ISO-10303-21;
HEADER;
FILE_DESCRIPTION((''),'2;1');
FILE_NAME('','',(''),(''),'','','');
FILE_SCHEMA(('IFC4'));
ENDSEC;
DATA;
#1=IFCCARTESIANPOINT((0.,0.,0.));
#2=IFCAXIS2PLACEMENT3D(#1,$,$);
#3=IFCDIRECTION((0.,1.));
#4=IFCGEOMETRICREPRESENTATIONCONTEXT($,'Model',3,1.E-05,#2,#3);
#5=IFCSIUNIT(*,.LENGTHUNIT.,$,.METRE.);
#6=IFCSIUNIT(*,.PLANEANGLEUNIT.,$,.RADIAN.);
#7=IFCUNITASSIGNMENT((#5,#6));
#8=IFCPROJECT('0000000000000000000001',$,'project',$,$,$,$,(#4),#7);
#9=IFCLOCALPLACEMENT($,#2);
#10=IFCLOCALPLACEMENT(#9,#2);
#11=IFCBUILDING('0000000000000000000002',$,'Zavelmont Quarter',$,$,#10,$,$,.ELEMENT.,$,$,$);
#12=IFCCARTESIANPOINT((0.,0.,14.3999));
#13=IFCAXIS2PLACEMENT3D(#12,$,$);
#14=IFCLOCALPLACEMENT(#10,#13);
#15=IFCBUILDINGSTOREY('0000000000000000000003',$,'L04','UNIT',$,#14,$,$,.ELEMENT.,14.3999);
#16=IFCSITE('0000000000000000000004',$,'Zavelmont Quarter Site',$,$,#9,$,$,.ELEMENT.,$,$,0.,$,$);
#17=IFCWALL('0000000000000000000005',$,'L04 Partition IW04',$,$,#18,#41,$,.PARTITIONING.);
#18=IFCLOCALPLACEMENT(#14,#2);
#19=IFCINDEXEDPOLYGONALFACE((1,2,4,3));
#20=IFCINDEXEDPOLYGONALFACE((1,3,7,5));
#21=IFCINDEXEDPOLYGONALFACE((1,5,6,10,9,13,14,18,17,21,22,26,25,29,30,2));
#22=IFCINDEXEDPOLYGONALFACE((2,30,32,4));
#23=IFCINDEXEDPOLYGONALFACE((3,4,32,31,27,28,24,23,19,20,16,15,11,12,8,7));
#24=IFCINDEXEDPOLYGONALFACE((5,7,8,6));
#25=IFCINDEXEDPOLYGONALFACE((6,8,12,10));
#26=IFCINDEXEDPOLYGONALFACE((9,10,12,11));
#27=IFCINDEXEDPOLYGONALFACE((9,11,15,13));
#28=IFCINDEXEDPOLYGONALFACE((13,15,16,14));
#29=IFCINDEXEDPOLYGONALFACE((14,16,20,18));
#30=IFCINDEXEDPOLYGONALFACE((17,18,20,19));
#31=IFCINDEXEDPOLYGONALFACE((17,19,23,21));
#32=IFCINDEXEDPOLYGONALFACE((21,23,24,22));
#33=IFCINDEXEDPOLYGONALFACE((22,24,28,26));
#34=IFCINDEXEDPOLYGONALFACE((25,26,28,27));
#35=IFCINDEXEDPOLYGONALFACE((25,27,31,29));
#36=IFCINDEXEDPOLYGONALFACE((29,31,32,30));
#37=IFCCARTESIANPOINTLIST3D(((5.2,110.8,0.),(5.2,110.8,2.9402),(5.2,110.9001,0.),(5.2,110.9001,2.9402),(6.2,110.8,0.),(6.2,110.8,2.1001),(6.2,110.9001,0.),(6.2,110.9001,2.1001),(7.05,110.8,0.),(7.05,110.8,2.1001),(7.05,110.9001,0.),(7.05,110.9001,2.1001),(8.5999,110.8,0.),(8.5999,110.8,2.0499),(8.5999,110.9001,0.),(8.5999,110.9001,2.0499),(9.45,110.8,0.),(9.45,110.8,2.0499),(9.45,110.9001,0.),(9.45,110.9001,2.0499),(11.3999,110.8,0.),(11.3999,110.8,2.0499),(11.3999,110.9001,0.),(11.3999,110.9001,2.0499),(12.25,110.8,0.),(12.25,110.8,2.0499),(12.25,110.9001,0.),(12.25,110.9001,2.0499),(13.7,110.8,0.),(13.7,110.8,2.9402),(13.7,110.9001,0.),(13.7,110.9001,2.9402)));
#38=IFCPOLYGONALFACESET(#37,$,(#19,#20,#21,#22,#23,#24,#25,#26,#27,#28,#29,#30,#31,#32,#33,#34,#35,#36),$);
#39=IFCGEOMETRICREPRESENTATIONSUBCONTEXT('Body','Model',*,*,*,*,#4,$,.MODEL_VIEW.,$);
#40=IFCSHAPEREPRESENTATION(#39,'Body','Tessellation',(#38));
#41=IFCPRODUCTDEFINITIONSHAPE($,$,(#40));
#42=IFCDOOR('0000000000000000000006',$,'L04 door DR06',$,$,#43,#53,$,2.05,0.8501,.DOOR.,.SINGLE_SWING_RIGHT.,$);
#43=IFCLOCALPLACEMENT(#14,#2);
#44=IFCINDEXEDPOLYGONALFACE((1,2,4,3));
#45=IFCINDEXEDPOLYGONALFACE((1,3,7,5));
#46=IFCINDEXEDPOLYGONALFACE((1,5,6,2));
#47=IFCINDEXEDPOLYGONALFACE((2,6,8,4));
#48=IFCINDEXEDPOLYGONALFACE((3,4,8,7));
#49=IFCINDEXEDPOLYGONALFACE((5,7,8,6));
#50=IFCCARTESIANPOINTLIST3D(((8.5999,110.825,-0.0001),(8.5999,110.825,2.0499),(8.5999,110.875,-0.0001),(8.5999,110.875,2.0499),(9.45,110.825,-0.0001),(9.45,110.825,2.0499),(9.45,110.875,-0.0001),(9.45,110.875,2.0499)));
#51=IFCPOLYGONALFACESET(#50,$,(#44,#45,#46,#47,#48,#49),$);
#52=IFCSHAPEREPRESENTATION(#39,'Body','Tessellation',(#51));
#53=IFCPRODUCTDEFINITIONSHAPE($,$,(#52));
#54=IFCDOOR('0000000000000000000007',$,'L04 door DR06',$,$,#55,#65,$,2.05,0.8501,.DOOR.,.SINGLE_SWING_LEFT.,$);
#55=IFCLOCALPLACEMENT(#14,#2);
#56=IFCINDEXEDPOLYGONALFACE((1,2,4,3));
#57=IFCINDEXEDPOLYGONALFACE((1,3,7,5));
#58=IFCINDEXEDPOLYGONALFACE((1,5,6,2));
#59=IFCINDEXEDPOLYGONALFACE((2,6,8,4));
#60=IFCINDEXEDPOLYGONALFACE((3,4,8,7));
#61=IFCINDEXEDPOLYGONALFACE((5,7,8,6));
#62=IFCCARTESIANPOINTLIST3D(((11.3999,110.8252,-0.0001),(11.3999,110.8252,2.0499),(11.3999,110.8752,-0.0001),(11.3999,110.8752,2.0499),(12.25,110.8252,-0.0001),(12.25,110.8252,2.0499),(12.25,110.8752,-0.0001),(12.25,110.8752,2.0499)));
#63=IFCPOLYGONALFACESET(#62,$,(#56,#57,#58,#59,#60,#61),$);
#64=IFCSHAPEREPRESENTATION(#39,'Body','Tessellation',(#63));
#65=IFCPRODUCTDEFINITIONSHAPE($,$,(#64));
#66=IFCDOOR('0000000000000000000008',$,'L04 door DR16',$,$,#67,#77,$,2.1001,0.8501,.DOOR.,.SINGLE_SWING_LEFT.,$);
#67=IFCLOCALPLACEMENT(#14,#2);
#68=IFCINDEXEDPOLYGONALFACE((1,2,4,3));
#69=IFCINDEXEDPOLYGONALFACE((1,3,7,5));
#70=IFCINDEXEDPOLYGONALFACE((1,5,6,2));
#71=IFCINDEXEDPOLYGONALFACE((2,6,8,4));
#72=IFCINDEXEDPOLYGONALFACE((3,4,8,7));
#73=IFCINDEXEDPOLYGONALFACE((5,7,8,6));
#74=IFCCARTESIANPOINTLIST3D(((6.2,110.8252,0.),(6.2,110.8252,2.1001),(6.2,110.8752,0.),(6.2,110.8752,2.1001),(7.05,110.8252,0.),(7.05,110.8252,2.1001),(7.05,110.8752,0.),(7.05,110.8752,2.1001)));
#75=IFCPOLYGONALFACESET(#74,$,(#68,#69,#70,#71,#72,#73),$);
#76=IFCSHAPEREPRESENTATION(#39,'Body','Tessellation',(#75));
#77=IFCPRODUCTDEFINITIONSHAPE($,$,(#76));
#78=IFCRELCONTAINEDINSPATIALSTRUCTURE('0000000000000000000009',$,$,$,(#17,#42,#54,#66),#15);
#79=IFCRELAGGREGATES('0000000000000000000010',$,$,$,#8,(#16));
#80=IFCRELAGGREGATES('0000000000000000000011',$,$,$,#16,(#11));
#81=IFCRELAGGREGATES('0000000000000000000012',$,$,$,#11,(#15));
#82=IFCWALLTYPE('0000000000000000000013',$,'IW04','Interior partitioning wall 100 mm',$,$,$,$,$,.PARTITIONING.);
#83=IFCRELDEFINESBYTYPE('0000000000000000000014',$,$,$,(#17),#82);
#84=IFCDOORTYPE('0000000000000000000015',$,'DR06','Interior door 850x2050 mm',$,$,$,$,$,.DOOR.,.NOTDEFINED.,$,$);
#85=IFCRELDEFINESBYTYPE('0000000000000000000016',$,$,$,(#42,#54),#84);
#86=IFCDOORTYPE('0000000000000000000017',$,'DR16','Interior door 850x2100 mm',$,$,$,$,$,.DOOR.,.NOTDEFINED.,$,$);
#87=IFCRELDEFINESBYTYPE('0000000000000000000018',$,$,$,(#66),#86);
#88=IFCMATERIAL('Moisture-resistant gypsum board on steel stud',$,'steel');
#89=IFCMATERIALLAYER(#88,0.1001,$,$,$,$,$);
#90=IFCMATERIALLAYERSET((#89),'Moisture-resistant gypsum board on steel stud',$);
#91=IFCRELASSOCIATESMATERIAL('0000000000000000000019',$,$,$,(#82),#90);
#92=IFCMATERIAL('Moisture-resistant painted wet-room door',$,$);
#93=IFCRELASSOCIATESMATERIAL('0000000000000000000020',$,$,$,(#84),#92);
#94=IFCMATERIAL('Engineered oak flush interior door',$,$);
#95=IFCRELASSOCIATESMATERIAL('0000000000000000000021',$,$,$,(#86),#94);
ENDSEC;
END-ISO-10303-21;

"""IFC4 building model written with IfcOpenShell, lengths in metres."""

from ifc_helpers import new_model, si_unit, direction, frame, frame_2d, origin, origin_with_axes, place, context, subcontext, project, spatial, rectangle, extrude, material, layer, layer_set, type_object, element, fill, save


model = new_model("IFC4")

# Units and contexts
model_context = context("Model", 3, precision=1e-05, world=origin(), true_north=direction((0.0, 1.0)))
body_context = subcontext(model_context, "Body", "Model", "MODEL_VIEW")
ifc_project = project(units=[si_unit("LENGTHUNIT", "METRE"), si_unit("PLANEANGLEUNIT", "RADIAN")], contexts=[model_context])

# Site, building, storey
site_placement = place(None, origin())
site = spatial("IfcSite", under=ifc_project, at=site_placement, Name="Zavelmont Quarter Site", CompositionType="ELEMENT", RefElevation=0.0)
building_placement = place(site_placement, origin())
building = spatial("IfcBuilding", under=site, at=building_placement, Name="Zavelmont Quarter", CompositionType="ELEMENT")
storey_placement = place(building_placement, frame((0.0, 0.0, 14.3999)))
storey = spatial("IfcBuildingStorey", under=building, at=storey_placement, Name="L04", Description="UNIT", CompositionType="ELEMENT", Elevation=14.3999)

# Shared definitions
ifc_material_1 = material(Name="Engineered oak flush interior door")

# Wall, openings, doors
ifc_material_2 = material(Name="Moisture-resistant gypsum board on steel stud", Category="steel")
ifc_layer_1 = layer(ifc_material_2, 0.1001)
ifc_layer_set_1 = layer_set([ifc_layer_1], Name="Moisture-resistant gypsum board on steel stud")
wall_type_1 = type_object("IfcWallType", Name="IW04", Description="Interior partitioning wall 100 mm", PredefinedType="PARTITIONING", material=ifc_layer_set_1)
wall_1_placement = place(storey_placement, frame((5.2, 110.8501, 0.0), z_axis=(0.0, 0.0, 1.0), x_axis=(1.0, 0.0, 0.0)))
wall_1 = element("IfcWall", 1, at=wall_1_placement, inside=storey, type_object=wall_type_1, Name="L04 Partition IW04", PredefinedType="PARTITIONING", context=body_context, shape_type="SweptSolid", body=[
    extrude(rectangle(XDim=8.5, YDim=0.1001, at=frame_2d((4.25, 0.0))), origin(), (0.0, 0.0, 1.0), 2.9402),
])
opening_1_placement = place(wall_1_placement, frame((1.0, 0.0, 0.0)))
opening_1 = element("IfcOpeningElement", 2, at=opening_1_placement, cuts=wall_1, PredefinedType="OPENING", context=body_context, shape_type="SweptSolid", body=[
    extrude(rectangle(XDim=0.8501, YDim=2.1001, at=frame_2d((0.425, 1.05))), frame((0.0, 0.062, 0.0), z_axis=(0.0, -1.0, 0.0), x_axis=(1.0, 0.0, 0.0)), (0.0, 0.0, 1.0), 0.124),
])
opening_2_placement = place(wall_1_placement, frame((3.3999, 0.0, 0.0)))
opening_2 = element("IfcOpeningElement", 3, at=opening_2_placement, cuts=wall_1, PredefinedType="OPENING", context=body_context, shape_type="SweptSolid", body=[
    extrude(rectangle(XDim=0.8501, YDim=2.05, at=frame_2d((0.425, 1.0249))), frame((0.0, 0.062, 0.0), z_axis=(0.0, -1.0, 0.0), x_axis=(1.0, 0.0, 0.0)), (0.0, 0.0, 1.0), 0.124),
])
opening_3_placement = place(wall_1_placement, frame((6.2, 0.0, 0.0)))
opening_3 = element("IfcOpeningElement", 4, at=opening_3_placement, cuts=wall_1, PredefinedType="OPENING", context=body_context, shape_type="SweptSolid", body=[
    extrude(rectangle(XDim=0.8501, YDim=2.05, at=frame_2d((0.425, 1.0249))), frame((0.0, 0.062, 0.0), z_axis=(0.0, -1.0, 0.0), x_axis=(1.0, 0.0, 0.0)), (0.0, 0.0, 1.0), 0.124),
])
ifc_material_3 = material(Name="Moisture-resistant painted wet-room door")
door_type_1 = type_object("IfcDoorType", Name="DR06", Description="Interior door 850x2050 mm", OperationType="NOTDEFINED", PredefinedType="DOOR", material=ifc_material_3)
door_1_placement = place(opening_2_placement, origin_with_axes())
door_1 = element("IfcDoor", 5, at=door_1_placement, inside=storey, type_object=door_type_1, Name="L04 door DR06", OperationType="SINGLE_SWING_RIGHT", OverallHeight=2.05, OverallWidth=0.8501, PredefinedType="DOOR", context=body_context, shape_type="SweptSolid", body=[
    extrude(rectangle(XDim=0.8501, YDim=2.05, at=frame_2d((0.425, 1.0249))), frame((0.0, 0.0249, 0.0), z_axis=(0.0, -1.0, 0.0), x_axis=(1.0, 0.0, 0.0)), (0.0, 0.0, 1.0), 0.05),
])
fill(opening_2, door_1)
door_2_placement = place(opening_3_placement, frame((0.8501, 0.0, 0.0), z_axis=(0.0, 0.0, 1.0), x_axis=(-1.0, 0.0, 0.0)))
door_2 = element("IfcDoor", 6, at=door_2_placement, inside=storey, type_object=door_type_1, Name="L04 door DR06", OperationType="SINGLE_SWING_LEFT", OverallHeight=2.05, OverallWidth=0.8501, PredefinedType="DOOR", context=body_context, shape_type="SweptSolid", body=[
    extrude(rectangle(XDim=0.8501, YDim=2.05, at=frame_2d((0.425, 1.0249))), frame((0.0, 0.0249, 0.0), z_axis=(0.0, -1.0, 0.0), x_axis=(1.0, 0.0, 0.0)), (0.0, 0.0, 1.0), 0.05),
])
fill(opening_3, door_2)
door_type_2 = type_object("IfcDoorType", Name="DR16", Description="Interior door 850x2100 mm", OperationType="NOTDEFINED", PredefinedType="DOOR", material=ifc_material_1)
door_3_placement = place(opening_1_placement, frame((0.8501, 0.0, 0.0), z_axis=(0.0, 0.0, 1.0), x_axis=(-1.0, 0.0, 0.0)))
door_3 = element("IfcDoor", 7, at=door_3_placement, inside=storey, type_object=door_type_2, Name="L04 door DR16", OperationType="SINGLE_SWING_LEFT", OverallHeight=2.1001, OverallWidth=0.8501, PredefinedType="DOOR", context=body_context, shape_type="SweptSolid", body=[
    extrude(rectangle(XDim=0.8501, YDim=2.1001, at=frame_2d((0.425, 1.05))), frame((0.0, 0.0249, 0.0), z_axis=(0.0, -1.0, 0.0), x_axis=(1.0, 0.0, 0.0)), (0.0, 0.0, 1.0), 0.05),
])
fill(opening_1, door_3)

save(model, "model.ifc")
